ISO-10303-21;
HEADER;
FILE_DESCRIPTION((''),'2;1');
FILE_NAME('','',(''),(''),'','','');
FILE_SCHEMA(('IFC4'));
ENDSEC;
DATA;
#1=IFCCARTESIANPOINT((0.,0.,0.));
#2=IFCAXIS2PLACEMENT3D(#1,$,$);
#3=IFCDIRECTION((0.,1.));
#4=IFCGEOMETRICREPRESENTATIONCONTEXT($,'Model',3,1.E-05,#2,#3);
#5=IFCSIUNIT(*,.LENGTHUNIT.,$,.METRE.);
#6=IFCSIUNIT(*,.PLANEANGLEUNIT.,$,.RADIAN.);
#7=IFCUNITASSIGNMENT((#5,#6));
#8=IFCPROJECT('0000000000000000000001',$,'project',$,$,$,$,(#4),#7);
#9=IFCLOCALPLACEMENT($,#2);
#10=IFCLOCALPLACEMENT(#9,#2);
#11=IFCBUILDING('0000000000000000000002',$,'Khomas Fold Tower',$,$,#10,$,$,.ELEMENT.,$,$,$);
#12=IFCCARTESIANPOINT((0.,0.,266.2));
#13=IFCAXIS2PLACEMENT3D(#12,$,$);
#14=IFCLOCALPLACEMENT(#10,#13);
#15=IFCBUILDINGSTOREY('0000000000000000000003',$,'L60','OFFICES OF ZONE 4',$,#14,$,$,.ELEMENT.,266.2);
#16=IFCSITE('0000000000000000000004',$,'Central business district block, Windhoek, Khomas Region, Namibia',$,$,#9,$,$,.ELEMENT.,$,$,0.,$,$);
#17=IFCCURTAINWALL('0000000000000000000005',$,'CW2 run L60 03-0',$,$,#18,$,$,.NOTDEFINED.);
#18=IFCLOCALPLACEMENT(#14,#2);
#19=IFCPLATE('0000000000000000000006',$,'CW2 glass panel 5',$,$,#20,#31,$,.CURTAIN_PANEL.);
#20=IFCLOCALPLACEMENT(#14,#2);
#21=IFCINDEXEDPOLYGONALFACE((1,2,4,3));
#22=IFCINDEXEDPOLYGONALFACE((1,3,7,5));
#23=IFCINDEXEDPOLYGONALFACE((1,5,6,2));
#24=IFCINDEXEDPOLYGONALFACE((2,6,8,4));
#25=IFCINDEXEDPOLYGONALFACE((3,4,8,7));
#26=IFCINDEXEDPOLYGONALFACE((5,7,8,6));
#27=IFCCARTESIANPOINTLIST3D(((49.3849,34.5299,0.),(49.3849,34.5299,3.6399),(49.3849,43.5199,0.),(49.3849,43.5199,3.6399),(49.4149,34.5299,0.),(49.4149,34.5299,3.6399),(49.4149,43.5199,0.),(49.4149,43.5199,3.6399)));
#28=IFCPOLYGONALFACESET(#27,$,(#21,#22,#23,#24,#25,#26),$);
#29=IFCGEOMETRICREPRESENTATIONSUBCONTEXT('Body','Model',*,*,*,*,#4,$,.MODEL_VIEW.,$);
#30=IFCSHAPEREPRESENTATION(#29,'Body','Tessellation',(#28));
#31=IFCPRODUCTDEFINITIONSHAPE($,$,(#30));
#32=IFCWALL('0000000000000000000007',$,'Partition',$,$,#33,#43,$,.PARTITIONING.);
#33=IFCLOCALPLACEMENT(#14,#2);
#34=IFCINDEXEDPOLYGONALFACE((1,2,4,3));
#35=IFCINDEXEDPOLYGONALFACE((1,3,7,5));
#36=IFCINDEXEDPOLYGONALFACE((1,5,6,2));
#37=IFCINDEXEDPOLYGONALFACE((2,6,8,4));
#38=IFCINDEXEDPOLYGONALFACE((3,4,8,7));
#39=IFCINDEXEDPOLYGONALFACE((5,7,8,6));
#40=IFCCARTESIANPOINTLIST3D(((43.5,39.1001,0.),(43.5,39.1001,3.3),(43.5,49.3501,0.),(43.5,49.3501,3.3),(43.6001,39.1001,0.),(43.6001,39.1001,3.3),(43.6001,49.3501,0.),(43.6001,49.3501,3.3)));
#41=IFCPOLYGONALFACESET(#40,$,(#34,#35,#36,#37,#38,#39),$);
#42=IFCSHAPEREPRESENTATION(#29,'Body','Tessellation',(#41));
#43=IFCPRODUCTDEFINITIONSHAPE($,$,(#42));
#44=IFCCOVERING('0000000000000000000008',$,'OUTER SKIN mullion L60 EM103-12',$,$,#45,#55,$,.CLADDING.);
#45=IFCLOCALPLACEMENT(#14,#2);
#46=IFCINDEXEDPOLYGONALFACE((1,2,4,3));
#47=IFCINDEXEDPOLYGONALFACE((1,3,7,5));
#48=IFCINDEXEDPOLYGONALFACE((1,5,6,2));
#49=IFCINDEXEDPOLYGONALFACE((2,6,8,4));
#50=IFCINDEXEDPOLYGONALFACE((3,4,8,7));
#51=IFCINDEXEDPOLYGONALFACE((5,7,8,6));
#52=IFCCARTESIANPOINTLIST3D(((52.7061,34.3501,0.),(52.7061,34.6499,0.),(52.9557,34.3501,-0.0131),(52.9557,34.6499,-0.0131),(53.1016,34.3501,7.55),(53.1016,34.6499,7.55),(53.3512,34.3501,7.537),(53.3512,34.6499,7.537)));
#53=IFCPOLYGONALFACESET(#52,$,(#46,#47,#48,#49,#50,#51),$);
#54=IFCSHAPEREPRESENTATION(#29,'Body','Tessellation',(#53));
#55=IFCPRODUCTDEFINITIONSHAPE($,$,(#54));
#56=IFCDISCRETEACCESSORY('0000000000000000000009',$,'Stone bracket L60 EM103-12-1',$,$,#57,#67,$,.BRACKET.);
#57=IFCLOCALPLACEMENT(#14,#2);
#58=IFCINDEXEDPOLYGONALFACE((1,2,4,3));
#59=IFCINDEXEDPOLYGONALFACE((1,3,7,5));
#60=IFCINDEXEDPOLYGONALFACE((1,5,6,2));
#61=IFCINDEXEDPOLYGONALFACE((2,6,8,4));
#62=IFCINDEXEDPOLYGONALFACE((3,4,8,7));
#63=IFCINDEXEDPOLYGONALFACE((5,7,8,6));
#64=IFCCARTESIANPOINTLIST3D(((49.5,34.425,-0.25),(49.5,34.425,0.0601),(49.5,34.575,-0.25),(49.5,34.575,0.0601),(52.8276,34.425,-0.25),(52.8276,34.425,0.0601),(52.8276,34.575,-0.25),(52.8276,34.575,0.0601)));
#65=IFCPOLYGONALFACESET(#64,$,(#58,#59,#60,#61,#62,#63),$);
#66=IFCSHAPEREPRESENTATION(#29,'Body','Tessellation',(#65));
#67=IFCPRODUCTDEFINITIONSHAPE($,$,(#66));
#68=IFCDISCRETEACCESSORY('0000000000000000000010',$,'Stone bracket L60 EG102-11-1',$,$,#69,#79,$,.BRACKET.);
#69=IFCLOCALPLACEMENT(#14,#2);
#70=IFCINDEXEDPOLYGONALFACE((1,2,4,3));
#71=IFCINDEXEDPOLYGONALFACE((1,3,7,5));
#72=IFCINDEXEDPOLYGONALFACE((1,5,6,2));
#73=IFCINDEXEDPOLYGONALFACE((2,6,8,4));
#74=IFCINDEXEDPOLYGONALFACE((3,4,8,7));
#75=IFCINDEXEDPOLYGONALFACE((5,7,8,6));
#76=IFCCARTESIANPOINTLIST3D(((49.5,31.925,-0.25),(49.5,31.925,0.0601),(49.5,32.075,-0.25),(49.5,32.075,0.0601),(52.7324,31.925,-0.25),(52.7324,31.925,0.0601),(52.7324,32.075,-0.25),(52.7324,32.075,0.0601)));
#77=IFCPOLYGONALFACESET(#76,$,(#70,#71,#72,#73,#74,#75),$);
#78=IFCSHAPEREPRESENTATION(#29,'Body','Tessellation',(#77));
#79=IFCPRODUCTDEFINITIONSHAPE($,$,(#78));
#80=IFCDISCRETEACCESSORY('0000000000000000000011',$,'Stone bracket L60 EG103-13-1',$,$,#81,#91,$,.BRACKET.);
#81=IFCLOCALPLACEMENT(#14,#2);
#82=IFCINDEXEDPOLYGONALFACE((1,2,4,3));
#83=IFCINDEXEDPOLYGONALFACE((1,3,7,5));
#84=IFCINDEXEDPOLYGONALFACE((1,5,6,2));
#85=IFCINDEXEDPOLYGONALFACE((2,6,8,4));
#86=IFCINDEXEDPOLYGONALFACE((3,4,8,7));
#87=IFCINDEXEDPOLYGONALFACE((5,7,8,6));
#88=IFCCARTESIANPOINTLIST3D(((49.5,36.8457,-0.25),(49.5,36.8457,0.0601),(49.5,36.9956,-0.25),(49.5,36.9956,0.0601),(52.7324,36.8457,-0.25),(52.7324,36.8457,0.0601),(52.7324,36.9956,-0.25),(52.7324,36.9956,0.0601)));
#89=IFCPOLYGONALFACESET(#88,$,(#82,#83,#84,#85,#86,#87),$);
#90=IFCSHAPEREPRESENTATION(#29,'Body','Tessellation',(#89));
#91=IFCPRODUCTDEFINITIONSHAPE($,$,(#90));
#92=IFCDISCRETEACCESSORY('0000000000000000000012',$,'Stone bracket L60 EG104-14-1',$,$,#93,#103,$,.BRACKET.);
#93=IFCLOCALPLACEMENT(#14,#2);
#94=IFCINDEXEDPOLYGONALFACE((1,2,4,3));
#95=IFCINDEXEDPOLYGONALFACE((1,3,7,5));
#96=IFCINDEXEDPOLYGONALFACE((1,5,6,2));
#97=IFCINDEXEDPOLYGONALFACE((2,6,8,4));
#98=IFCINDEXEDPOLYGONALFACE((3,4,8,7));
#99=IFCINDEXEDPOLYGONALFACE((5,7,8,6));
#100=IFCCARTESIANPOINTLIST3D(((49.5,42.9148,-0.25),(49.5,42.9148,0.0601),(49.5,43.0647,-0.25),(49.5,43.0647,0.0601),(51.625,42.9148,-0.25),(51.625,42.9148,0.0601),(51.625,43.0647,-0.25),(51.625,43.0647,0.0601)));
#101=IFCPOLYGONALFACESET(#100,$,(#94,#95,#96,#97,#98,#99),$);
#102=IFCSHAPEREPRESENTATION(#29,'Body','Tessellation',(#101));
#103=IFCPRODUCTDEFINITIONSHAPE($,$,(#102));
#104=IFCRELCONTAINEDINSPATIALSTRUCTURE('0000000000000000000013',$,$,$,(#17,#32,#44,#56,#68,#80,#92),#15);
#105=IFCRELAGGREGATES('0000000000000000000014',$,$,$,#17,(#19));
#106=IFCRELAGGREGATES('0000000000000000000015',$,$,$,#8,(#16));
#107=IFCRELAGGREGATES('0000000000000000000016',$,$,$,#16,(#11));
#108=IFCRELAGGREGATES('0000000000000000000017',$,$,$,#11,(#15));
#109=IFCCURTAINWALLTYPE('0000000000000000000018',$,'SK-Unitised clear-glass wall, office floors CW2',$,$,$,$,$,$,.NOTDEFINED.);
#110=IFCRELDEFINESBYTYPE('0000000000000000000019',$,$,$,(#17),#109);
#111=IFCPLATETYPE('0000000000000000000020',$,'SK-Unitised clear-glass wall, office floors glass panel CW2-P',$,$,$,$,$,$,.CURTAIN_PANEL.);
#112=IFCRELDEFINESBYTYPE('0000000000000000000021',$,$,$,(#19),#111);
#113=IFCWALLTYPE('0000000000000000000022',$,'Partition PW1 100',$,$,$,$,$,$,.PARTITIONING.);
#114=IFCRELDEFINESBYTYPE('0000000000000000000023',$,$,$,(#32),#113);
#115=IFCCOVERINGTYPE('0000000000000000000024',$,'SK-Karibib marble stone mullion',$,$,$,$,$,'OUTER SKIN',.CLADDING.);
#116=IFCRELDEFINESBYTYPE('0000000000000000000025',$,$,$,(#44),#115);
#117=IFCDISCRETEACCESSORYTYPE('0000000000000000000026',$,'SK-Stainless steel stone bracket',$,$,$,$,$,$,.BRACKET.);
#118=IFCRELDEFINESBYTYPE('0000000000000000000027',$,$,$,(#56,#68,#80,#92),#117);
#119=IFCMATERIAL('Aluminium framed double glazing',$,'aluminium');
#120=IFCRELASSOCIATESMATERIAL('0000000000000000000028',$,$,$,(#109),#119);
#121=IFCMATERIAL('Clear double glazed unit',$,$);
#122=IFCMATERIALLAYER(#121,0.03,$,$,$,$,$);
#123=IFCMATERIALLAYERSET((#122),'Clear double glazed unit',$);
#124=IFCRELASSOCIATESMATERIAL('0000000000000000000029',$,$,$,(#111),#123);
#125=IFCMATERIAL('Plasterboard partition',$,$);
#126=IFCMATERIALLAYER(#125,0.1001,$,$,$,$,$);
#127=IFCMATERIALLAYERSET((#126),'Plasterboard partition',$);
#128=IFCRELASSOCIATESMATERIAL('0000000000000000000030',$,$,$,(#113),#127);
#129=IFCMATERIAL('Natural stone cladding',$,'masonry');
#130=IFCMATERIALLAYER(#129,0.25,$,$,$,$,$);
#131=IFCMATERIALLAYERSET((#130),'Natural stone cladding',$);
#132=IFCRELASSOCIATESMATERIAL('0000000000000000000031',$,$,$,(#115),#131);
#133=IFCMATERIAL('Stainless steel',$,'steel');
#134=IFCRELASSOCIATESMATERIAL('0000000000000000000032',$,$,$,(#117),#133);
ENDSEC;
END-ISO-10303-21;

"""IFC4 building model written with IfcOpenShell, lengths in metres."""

from ifc_helpers import new_model, si_unit, direction, frame, frame_2d, origin, origin_2d, place, context, subcontext, project, spatial, polyline, rectangle, outline, extrude, source, transform, mapped, material, layer, layer_set, type_object, element, aggregate, save


model = new_model("IFC4")

# Units and contexts
model_context = context("Model", 3, precision=1e-05, world=origin(), true_north=direction((0.0, 1.0)))
body_context = subcontext(model_context, "Body", "Model", "MODEL_VIEW")
ifc_project = project(units=[si_unit("LENGTHUNIT", "METRE"), si_unit("PLANEANGLEUNIT", "RADIAN")], contexts=[model_context])

# Site, building, storey
site_placement = place(None, origin())
site = spatial("IfcSite", under=ifc_project, at=site_placement, Name="Central business district block, Windhoek, Khomas Region, Namibia", CompositionType="ELEMENT", RefElevation=0.0)
building_placement = place(site_placement, origin())
building = spatial("IfcBuilding", under=site, at=building_placement, Name="Khomas Fold Tower", CompositionType="ELEMENT")
storey_placement = place(building_placement, frame((0.0, 0.0, 266.2)))
storey = spatial("IfcBuildingStorey", under=building, at=storey_placement, Name="L60", Description="OFFICES OF ZONE 4", CompositionType="ELEMENT", Elevation=266.2)

# Curtain wall
ifc_material_1 = material(Name="Aluminium framed double glazing", Category="aluminium")
curtain_wall_type = type_object("IfcCurtainWallType", Name="SK-Unitised clear-glass wall, office floors CW2", PredefinedType="NOTDEFINED", material=ifc_material_1)
curtain_wall_1_placement = place(storey_placement, origin())
curtain_wall_1 = element("IfcCurtainWall", 1, at=curtain_wall_1_placement, inside=storey, type_object=curtain_wall_type, Name="CW2 run L60 03-0", PredefinedType="NOTDEFINED")

# Plate
ifc_material_2 = material(Name="Clear double glazed unit")
ifc_layer_1 = layer(ifc_material_2, 0.03)
ifc_layer_set_1 = layer_set([ifc_layer_1], Name="Clear double glazed unit")
plate_type_1 = type_object("IfcPlateType", Name="SK-Unitised clear-glass wall, office floors glass panel CW2-P", PredefinedType="CURTAIN_PANEL", material=ifc_layer_set_1)
shared_shape_1 = source(origin(), body_context, "Body", "SweptSolid", [
    extrude(rectangle(XDim=8.99, YDim=0.03, at=origin_2d()), origin(), (0.0, 0.0, 1.0), 3.6399),
])
plate_1_placement = place(storey_placement, frame((49.3999, 39.0249, 0.0), z_axis=(0.0, 0.0, 1.0), x_axis=(0.0, 1.0, 0.0)))
plate_1 = element("IfcPlate", 2, at=plate_1_placement, type_object=plate_type_1, Name="CW2 glass panel 5", PredefinedType="CURTAIN_PANEL", context=body_context, shape_type="MappedRepresentation", body=[
    mapped(shared_shape_1, transform((0.0, 0.0, 0.0))),
])
aggregate(curtain_wall_1, [plate_1])

# Wall
ifc_material_3 = material(Name="Plasterboard partition")
ifc_layer_2 = layer(ifc_material_3, 0.1001)
ifc_layer_set_2 = layer_set([ifc_layer_2], Name="Plasterboard partition")
wall_type = type_object("IfcWallType", Name="Partition PW1 100", PredefinedType="PARTITIONING", material=ifc_layer_set_2)
shared_shape_2 = source(origin(), body_context, "Body", "SweptSolid", [
    extrude(rectangle(XDim=10.25, YDim=0.1001, at=frame_2d((5.125, 0.0))), origin(), (0.0, 0.0, 1.0), 3.3),
])
wall_placement = place(storey_placement, frame((43.55, 39.1001, 0.0), z_axis=(0.0, 0.0, 1.0), x_axis=(0.0, 1.0, 0.0)))
element("IfcWall", 3, at=wall_placement, inside=storey, type_object=wall_type, Name="Partition", PredefinedType="PARTITIONING", context=body_context, shape_type="MappedRepresentation", body=[
    mapped(shared_shape_2, transform((0.0, 0.0, 0.0))),
])

# Covering
ifc_material_4 = material(Name="Natural stone cladding", Category="masonry")
ifc_layer_3 = layer(ifc_material_4, 0.25)
ifc_layer_set_3 = layer_set([ifc_layer_3], Name="Natural stone cladding")
covering_type = type_object("IfcCoveringType", Name="SK-Karibib marble stone mullion", ElementType="OUTER SKIN", PredefinedType="CLADDING", material=ifc_layer_set_3)
covering_placement = place(storey_placement, frame((52.7061, 34.3501, 0.0), z_axis=(-0.998631, 0.0, 0.052313), x_axis=(0.052313, 0.0, 0.998631)))
element("IfcCovering", 4, at=covering_placement, inside=storey, type_object=covering_type, Name="OUTER SKIN mullion L60 EM103-12", PredefinedType="CLADDING", context=body_context, shape_type="SweptSolid", body=[
    extrude(outline(polyline([(0.0, 0.0), (7.5604, 0.0), (7.5604, 0.2998), (0.0, 0.2998), (0.0, 0.0)])), origin(), (0.0, 0.0, -1.0), 0.25),
])

# Discrete accessories
ifc_material_5 = material(Name="Stainless steel", Category="steel")
discrete_accessory_type = type_object("IfcDiscreteAccessoryType", Name="SK-Stainless steel stone bracket", PredefinedType="BRACKET", material=ifc_material_5)
shared_shape_3 = source(origin(), body_context, "Body", "SweptSolid", [
    extrude(rectangle(XDim=3.3276, YDim=0.1499, at=origin_2d()), origin(), (0.0, 0.0, 1.0), 0.3101),
])
discrete_accessory_1_placement = place(storey_placement, frame((51.1638, 34.5, -0.25), z_axis=(0.0, 0.0, 1.0), x_axis=(1.0, 0.0, 0.0)))
element("IfcDiscreteAccessory", 5, at=discrete_accessory_1_placement, inside=storey, type_object=discrete_accessory_type, Name="Stone bracket L60 EM103-12-1", PredefinedType="BRACKET", context=body_context, shape_type="MappedRepresentation", body=[
    mapped(shared_shape_3, transform((0.0, 0.0, 0.0))),
])
shared_shape_4 = source(origin(), body_context, "Body", "SweptSolid", [
    extrude(rectangle(XDim=3.2324, YDim=0.1499, at=origin_2d()), origin(), (0.0, 0.0, 1.0), 0.3101),
])
for number, where, z_axis, x_axis, name in (
    (6, (51.1162, 32.0, -0.25), (0.0, 0.0, 1.0), (1.0, 0.0, 0.0), "Stone bracket L60 EG102-11-1"),
    (7, (51.1162, 36.9207, -0.25), (0.0, 0.0, 1.0), (1.0, 0.0, 0.0), "Stone bracket L60 EG103-13-1"),
):
    element("IfcDiscreteAccessory", number, at=place(storey_placement, frame(where, z_axis=z_axis, x_axis=x_axis)), inside=storey, type_object=discrete_accessory_type, Name=name, PredefinedType="BRACKET", context=body_context, shape_type="MappedRepresentation", body=[
        mapped(shared_shape_4, transform((0.0, 0.0, 0.0))),
    ])
shared_shape_5 = source(origin(), body_context, "Body", "SweptSolid", [
    extrude(rectangle(XDim=2.125, YDim=0.1499, at=origin_2d()), origin(), (0.0, 0.0, 1.0), 0.3101),
])
discrete_accessory_2_placement = place(storey_placement, frame((50.5625, 42.9897, -0.25), z_axis=(0.0, 0.0, 1.0), x_axis=(1.0, 0.0, 0.0)))
element("IfcDiscreteAccessory", 8, at=discrete_accessory_2_placement, inside=storey, type_object=discrete_accessory_type, Name="Stone bracket L60 EG104-14-1", PredefinedType="BRACKET", context=body_context, shape_type="MappedRepresentation", body=[
    mapped(shared_shape_5, transform((0.0, 0.0, 0.0))),
])

save(model, "model.ifc")
